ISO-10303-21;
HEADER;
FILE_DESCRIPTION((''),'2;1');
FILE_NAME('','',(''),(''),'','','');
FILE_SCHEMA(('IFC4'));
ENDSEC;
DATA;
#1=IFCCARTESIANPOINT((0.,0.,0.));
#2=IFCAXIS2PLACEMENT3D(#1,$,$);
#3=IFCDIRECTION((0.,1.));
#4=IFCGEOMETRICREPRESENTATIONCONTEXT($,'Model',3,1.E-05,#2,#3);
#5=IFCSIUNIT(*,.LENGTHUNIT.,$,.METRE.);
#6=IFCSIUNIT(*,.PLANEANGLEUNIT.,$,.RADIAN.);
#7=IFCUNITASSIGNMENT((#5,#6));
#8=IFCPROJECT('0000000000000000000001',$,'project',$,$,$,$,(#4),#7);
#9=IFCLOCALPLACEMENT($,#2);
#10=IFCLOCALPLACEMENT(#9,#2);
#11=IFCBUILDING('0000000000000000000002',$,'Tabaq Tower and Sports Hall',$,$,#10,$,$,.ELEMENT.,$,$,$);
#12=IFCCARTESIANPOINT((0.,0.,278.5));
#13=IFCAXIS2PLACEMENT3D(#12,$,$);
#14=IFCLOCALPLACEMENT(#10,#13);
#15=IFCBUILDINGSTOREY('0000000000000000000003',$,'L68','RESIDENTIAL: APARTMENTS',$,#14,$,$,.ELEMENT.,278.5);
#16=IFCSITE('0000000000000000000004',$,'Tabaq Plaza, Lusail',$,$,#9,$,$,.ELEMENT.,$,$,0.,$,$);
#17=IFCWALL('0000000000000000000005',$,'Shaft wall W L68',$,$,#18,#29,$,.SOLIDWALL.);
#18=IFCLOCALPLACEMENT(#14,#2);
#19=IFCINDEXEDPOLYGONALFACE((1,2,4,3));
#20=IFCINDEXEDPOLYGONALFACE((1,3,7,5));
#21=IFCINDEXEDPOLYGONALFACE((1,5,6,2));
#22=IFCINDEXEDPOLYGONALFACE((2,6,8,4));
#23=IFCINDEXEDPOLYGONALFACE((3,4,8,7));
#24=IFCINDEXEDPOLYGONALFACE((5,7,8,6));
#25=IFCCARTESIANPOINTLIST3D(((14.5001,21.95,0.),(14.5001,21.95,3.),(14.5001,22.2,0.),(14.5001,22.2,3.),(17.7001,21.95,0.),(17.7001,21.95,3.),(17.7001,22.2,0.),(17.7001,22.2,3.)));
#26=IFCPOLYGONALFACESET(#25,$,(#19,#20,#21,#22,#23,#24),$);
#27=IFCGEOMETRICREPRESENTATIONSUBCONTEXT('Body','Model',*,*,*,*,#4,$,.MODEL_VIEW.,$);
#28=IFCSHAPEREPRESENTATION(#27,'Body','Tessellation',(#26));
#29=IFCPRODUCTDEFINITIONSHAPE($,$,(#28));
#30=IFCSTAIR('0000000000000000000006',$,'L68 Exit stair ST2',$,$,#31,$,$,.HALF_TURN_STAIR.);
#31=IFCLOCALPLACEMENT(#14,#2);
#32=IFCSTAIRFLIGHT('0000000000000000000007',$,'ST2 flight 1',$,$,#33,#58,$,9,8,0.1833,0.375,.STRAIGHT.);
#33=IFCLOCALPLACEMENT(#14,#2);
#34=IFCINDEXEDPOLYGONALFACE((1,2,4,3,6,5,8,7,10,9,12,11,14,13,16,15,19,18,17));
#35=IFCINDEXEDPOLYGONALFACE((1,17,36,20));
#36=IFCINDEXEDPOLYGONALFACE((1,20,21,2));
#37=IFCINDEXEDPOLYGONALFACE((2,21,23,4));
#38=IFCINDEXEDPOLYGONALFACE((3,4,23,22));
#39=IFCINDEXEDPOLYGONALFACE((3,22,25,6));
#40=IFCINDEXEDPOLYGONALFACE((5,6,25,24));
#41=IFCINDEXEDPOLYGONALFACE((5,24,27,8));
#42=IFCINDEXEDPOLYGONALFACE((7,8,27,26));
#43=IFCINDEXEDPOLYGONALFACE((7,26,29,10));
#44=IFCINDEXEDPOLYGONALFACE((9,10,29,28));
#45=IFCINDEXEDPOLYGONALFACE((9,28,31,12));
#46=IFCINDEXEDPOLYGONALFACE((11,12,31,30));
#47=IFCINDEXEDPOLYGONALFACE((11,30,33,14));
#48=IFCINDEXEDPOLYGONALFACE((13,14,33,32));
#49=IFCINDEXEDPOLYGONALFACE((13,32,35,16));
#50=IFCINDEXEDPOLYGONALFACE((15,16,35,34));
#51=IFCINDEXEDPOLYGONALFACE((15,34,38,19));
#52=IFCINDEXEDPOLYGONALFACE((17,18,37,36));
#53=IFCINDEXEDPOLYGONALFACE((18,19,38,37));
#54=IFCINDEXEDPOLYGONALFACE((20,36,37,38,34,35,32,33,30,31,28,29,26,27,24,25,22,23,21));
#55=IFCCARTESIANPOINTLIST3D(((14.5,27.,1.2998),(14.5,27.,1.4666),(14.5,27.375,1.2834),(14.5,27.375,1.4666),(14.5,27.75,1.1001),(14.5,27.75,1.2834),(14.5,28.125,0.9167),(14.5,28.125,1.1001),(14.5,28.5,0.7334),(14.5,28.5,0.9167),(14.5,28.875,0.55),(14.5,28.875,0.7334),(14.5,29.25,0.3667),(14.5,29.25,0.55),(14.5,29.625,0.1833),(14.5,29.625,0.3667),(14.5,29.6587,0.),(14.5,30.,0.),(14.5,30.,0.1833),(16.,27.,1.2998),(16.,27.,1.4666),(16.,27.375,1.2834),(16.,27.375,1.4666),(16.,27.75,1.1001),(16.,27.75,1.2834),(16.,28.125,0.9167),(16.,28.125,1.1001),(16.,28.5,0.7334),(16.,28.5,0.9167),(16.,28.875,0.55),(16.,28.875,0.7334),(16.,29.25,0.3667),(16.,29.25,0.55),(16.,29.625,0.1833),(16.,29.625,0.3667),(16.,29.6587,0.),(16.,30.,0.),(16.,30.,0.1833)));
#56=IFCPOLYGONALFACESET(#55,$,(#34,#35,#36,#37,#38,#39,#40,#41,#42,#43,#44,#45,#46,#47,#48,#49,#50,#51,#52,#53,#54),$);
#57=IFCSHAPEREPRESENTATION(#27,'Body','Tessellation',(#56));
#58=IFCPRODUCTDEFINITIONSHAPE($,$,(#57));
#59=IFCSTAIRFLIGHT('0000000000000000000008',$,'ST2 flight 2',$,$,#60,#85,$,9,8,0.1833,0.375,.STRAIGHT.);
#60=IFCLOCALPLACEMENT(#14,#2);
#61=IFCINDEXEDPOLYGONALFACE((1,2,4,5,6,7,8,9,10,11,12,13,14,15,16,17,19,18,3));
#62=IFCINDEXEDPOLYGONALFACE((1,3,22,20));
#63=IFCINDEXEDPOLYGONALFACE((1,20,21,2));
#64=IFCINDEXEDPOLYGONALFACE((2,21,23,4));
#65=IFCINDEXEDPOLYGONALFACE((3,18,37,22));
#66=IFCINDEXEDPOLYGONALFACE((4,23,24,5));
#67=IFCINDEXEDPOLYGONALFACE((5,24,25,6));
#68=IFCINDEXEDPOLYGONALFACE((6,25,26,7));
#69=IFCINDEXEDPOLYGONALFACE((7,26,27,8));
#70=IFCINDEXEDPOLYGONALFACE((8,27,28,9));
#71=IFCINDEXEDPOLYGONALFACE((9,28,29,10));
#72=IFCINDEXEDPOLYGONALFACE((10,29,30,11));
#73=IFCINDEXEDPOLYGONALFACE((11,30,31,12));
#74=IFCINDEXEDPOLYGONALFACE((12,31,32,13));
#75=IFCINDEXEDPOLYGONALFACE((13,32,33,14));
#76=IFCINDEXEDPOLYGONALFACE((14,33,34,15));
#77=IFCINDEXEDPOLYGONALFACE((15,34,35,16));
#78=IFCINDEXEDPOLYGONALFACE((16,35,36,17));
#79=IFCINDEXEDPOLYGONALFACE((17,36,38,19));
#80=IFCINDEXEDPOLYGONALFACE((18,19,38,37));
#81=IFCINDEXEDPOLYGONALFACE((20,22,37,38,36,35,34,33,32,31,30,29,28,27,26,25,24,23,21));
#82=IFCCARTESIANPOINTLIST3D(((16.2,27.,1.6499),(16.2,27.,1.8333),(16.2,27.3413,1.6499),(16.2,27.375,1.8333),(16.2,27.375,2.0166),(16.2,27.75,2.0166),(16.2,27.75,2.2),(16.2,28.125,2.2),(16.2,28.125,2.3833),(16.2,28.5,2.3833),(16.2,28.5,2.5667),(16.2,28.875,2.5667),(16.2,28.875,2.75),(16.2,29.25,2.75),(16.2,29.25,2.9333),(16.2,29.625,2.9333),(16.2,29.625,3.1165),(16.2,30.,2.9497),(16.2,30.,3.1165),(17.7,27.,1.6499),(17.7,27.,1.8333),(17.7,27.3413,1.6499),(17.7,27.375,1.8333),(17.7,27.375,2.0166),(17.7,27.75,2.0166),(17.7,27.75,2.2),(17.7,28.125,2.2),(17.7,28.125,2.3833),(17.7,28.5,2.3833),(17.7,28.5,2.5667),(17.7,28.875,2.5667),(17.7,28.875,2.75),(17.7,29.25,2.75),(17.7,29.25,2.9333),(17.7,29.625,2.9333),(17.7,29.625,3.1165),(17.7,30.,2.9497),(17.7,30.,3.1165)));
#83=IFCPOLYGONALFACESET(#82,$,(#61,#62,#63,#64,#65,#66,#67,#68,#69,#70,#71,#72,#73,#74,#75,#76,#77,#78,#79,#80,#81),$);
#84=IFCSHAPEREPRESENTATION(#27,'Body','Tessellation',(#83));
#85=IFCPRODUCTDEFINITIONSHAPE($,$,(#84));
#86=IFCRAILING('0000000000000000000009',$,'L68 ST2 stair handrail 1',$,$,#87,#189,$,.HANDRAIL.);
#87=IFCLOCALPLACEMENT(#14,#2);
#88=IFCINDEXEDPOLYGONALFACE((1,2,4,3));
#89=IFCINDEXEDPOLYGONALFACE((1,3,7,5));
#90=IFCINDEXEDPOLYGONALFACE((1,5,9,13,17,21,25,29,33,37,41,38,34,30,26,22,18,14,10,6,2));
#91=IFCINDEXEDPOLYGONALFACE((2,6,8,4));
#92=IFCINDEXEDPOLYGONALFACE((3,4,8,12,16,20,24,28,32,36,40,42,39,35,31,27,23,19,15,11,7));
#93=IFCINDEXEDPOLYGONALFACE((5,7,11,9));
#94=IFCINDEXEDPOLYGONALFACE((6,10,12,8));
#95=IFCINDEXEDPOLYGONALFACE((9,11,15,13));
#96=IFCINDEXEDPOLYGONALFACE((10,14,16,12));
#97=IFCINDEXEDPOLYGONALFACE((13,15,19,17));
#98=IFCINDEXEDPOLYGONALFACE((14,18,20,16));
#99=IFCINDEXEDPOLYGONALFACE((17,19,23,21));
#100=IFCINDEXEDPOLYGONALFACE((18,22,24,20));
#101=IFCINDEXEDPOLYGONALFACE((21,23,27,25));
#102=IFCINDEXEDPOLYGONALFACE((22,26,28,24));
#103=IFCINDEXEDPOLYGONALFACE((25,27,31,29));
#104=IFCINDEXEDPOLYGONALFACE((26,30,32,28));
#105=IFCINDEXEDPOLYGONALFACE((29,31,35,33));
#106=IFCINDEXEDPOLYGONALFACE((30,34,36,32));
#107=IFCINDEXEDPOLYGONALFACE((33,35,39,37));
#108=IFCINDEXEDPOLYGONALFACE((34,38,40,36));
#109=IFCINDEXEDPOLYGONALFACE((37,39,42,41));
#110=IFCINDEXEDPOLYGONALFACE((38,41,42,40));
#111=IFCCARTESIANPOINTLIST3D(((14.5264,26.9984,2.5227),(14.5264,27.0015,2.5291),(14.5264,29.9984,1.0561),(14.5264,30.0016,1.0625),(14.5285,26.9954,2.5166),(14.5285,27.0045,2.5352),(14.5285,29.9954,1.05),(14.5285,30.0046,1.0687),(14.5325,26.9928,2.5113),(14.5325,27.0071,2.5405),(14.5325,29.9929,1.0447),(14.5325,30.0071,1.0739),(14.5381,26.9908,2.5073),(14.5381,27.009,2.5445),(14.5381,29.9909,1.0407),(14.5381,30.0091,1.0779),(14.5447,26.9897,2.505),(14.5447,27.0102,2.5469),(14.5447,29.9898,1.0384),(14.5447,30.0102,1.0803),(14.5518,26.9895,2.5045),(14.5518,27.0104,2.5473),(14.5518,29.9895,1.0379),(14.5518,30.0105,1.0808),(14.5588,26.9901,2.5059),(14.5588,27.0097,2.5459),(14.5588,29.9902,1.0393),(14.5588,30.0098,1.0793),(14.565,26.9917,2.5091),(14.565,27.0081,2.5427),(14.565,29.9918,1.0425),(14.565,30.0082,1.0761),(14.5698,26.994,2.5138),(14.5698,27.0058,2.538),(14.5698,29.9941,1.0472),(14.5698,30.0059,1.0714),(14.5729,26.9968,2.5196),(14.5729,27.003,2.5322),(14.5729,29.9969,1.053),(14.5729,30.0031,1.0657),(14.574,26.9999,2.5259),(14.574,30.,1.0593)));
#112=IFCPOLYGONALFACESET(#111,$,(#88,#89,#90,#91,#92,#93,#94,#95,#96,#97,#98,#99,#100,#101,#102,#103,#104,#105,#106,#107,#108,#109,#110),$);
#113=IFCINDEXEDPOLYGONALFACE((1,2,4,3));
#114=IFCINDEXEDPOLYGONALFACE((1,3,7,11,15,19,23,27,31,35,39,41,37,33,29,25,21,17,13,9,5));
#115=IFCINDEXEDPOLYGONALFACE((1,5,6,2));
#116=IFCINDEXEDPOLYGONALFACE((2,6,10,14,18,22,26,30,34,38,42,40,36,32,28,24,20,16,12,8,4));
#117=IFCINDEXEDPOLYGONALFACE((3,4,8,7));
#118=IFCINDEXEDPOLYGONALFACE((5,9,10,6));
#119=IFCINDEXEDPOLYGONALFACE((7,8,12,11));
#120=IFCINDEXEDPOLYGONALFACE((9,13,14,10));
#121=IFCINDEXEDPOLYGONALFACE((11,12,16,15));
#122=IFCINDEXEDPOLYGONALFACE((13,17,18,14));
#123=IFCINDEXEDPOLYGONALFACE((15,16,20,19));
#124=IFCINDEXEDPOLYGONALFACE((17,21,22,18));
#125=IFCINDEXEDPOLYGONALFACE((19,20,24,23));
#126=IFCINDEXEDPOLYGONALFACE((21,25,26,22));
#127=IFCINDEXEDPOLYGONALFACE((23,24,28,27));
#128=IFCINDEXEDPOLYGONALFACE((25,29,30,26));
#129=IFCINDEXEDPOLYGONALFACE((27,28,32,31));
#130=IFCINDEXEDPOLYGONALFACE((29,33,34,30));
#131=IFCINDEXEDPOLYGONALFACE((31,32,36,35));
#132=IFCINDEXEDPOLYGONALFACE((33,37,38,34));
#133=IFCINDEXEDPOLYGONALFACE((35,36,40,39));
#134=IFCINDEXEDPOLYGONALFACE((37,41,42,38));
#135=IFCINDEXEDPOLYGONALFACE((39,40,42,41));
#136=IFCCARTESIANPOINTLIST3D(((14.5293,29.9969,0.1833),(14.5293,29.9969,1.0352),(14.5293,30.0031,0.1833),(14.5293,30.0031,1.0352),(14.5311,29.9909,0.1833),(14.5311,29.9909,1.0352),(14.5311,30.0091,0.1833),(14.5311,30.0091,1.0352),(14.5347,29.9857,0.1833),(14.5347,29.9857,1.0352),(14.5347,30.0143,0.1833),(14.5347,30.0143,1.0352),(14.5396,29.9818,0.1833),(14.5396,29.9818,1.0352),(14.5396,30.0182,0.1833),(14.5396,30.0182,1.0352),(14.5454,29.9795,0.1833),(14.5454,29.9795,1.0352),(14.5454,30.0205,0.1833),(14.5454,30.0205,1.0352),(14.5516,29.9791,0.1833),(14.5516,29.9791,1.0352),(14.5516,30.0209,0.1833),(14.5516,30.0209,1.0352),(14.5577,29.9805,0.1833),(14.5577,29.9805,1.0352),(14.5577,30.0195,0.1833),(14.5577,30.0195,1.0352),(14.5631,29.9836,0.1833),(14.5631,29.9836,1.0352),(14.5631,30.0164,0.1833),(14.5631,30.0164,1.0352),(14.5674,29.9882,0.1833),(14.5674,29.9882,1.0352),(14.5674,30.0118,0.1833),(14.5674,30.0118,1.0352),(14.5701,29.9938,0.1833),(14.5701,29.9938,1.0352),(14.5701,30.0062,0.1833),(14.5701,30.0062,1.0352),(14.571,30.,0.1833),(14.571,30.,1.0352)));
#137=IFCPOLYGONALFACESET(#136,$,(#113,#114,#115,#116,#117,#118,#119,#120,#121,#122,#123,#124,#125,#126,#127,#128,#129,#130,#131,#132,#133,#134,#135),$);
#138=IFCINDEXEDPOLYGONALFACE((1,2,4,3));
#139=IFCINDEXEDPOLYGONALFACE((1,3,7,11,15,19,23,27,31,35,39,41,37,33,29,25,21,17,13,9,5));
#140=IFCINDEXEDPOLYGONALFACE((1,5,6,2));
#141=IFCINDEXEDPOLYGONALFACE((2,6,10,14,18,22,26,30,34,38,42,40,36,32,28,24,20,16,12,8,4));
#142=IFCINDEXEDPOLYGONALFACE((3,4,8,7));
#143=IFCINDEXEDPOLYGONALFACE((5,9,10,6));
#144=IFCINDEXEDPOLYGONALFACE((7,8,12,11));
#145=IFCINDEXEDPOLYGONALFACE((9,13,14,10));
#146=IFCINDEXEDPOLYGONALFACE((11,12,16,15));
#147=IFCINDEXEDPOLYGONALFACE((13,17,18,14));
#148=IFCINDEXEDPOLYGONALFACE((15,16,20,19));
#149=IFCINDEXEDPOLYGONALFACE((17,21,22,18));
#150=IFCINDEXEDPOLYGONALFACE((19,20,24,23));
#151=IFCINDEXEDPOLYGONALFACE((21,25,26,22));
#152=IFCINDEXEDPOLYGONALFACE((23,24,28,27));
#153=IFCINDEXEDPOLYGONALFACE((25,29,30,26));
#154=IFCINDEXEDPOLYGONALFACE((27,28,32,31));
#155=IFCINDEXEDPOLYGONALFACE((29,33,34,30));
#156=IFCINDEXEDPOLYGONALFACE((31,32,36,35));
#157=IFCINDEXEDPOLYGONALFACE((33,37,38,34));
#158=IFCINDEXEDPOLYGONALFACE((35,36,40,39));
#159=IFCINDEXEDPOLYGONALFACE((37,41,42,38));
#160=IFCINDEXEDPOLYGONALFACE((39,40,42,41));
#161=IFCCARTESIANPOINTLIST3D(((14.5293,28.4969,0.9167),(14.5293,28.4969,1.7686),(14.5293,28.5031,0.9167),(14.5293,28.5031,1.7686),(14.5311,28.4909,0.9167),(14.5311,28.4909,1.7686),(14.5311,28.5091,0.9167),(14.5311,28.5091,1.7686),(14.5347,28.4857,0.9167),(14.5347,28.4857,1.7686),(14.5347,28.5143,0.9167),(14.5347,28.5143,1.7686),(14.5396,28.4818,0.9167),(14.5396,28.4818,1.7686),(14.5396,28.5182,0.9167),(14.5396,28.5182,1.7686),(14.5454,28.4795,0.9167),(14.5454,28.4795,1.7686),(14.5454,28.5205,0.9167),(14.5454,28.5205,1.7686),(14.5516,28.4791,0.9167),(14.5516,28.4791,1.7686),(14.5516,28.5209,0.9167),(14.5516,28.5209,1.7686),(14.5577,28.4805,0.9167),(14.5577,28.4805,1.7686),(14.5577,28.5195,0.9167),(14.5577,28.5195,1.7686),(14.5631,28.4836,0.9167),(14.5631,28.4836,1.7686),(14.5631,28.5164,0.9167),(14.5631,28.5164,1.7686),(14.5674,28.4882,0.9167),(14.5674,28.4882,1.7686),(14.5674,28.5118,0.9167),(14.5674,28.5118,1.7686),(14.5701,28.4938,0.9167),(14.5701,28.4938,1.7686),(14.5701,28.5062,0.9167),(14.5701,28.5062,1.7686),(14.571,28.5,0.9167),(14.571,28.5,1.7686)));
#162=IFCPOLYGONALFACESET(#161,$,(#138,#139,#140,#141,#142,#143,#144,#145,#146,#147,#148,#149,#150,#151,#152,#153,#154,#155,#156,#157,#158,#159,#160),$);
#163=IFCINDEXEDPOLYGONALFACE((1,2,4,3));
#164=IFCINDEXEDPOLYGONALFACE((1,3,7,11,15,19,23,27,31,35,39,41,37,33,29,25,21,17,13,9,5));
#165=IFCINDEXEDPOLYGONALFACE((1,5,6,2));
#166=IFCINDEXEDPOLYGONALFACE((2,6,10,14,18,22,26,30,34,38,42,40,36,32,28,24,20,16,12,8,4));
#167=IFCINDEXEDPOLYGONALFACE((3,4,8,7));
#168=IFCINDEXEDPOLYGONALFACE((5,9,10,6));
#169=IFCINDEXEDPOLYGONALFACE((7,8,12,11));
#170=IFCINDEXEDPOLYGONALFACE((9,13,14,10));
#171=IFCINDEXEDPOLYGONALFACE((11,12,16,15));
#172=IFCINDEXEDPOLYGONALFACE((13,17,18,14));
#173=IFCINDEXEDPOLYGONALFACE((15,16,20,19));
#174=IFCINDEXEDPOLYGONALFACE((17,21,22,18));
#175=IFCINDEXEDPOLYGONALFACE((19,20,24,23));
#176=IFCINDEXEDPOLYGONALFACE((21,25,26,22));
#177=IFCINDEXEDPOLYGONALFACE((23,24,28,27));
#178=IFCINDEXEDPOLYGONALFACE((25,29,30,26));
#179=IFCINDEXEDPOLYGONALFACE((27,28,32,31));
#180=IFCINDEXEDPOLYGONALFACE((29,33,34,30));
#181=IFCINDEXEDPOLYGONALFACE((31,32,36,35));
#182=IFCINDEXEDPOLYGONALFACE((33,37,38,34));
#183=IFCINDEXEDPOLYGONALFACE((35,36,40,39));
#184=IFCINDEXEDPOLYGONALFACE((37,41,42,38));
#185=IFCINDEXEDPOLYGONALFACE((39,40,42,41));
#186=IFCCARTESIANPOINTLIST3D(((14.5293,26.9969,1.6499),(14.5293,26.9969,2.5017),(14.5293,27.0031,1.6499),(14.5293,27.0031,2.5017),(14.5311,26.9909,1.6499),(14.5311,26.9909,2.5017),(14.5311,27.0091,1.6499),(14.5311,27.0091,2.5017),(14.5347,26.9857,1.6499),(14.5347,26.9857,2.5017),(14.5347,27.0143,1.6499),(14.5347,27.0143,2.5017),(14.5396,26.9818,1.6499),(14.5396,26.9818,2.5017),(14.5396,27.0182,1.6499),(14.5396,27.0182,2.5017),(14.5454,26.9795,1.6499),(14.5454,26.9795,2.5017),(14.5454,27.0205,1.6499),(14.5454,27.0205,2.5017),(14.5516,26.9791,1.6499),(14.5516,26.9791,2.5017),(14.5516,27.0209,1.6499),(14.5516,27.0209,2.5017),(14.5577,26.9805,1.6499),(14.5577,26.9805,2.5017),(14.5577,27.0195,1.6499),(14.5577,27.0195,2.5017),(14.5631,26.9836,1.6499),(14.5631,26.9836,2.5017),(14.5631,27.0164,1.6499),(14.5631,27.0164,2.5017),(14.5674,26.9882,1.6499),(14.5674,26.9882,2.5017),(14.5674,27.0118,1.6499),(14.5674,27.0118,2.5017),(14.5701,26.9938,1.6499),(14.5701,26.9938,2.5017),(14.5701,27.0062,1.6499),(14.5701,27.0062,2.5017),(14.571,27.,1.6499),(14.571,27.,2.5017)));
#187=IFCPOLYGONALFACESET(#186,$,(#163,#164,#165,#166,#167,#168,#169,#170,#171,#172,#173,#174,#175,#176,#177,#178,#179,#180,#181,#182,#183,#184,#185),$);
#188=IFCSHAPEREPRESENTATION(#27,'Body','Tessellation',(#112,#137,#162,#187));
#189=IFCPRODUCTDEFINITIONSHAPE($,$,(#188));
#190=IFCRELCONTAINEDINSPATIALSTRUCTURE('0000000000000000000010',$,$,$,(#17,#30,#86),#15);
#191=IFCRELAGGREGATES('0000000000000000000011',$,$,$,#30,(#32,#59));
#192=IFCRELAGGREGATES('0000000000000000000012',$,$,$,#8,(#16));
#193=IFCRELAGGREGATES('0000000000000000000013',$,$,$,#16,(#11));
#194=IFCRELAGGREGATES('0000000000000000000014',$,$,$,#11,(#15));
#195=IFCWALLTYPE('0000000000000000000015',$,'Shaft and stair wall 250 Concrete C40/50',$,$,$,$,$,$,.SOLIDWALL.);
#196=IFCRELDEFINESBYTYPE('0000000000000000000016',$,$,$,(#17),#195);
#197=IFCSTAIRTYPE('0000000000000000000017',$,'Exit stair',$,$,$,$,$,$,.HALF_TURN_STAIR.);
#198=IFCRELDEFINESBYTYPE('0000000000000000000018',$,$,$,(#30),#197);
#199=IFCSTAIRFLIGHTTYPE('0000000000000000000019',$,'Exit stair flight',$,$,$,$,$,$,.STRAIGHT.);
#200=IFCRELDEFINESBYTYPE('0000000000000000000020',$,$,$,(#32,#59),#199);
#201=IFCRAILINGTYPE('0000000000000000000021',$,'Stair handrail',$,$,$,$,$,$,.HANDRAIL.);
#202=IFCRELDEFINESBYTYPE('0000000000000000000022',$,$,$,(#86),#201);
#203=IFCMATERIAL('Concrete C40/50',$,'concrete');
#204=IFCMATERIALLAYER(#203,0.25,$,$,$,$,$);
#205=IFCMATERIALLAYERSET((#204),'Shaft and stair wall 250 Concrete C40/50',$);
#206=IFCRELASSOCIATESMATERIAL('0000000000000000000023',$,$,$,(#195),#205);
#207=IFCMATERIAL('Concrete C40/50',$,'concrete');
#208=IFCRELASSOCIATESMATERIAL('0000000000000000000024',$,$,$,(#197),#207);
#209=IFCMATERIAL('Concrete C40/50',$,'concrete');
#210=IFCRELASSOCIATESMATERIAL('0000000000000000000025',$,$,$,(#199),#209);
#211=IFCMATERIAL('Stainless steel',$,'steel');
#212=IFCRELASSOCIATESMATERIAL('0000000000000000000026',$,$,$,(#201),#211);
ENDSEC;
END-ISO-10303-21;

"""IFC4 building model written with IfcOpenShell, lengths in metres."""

from ifc_helpers import new_model, si_unit, direction, frame, frame_2d, origin, origin_2d, place, context, subcontext, project, spatial, polyline, rectangle, circle, outline, extrude, material, layer, layer_set, type_object, element, aggregate, save


model = new_model("IFC4")

# Units and contexts
model_context = context("Model", 3, precision=1e-05, world=origin(), true_north=direction((0.0, 1.0)))
body_context = subcontext(model_context, "Body", "Model", "MODEL_VIEW")
ifc_project = project(units=[si_unit("LENGTHUNIT", "METRE"), si_unit("PLANEANGLEUNIT", "RADIAN")], contexts=[model_context])

# Site, building, storey
site_placement = place(None, origin())
site = spatial("IfcSite", under=ifc_project, at=site_placement, Name="Tabaq Plaza, Lusail", CompositionType="ELEMENT", RefElevation=0.0)
building_placement = place(site_placement, origin())
building = spatial("IfcBuilding", under=site, at=building_placement, Name="Tabaq Tower and Sports Hall", CompositionType="ELEMENT")
storey_placement = place(building_placement, frame((0.0, 0.0, 278.5)))
storey = spatial("IfcBuildingStorey", under=building, at=storey_placement, Name="L68", Description="RESIDENTIAL: APARTMENTS", CompositionType="ELEMENT", Elevation=278.5)

# Wall
ifc_material_1 = material(Name="Concrete C40/50", Category="concrete")
ifc_layer_1 = layer(ifc_material_1, 0.25)
ifc_layer_set_1 = layer_set([ifc_layer_1], Name="Shaft and stair wall 250 Concrete C40/50")
wall_type_1 = type_object("IfcWallType", Name="Shaft and stair wall 250 Concrete C40/50", PredefinedType="SOLIDWALL", material=ifc_layer_set_1)
for number, where, z_axis, x_axis, name in (
    (1, (14.5, 22.075, 0.0), (0.0, 0.0, 1.0), (1.0, 0.0, 0.0), "Shaft wall W L68"),
):
    element("IfcWall", number, at=place(storey_placement, frame(where, z_axis=z_axis, x_axis=x_axis)), inside=storey, type_object=wall_type_1, Name=name, PredefinedType="SOLIDWALL", context=body_context, shape_type="SweptSolid", body=[
        extrude(rectangle(XDim=3.2, YDim=0.25, at=frame_2d((1.6001, 0.0))), origin(), (0.0, 0.0, 1.0), 3.0),
    ])

# Stair, stair flights
ifc_material_2 = material(Name="Concrete C40/50", Category="concrete")
stair_type = type_object("IfcStairType", Name="Exit stair", PredefinedType="HALF_TURN_STAIR", material=ifc_material_2)
stair_placement = place(storey_placement, origin())
stair = element("IfcStair", 2, at=stair_placement, inside=storey, type_object=stair_type, Name="L68 Exit stair ST2", PredefinedType="HALF_TURN_STAIR")
ifc_material_3 = material(Name="Concrete C40/50", Category="concrete")
stair_flight_type = type_object("IfcStairFlightType", Name="Exit stair flight", PredefinedType="STRAIGHT", material=ifc_material_3)
stair_flight_1_placement = place(storey_placement, frame((15.25, 30.0, 0.0), z_axis=(0.0, 0.0, 1.0), x_axis=(0.0, -1.0, 0.0)))
stair_flight_1 = element("IfcStairFlight", 3, at=stair_flight_1_placement, type_object=stair_flight_type, Name="ST2 flight 1", NumberOfRisers=9, NumberOfTreads=8, PredefinedType="STRAIGHT", RiserHeight=0.1833, TreadLength=0.375, context=body_context, shape_type="SweptSolid", body=[
    extrude(outline(polyline([(0.0, 0.0), (0.0, 0.1833), (0.375, 0.1833), (0.375, 0.3667), (0.75, 0.3667), (0.75, 0.55), (1.125, 0.55), (1.125, 0.7334), (1.5, 0.7334), (1.5, 0.9167), (1.875, 0.9167), (1.875, 1.1001), (2.25, 1.1001), (2.25, 1.2834), (2.625, 1.2834), (2.625, 1.4666), (3.0, 1.4666), (3.0, 1.6499), (3.0, 1.2998), (0.3413, 0.0), (0.0, 0.0)])), frame((0.0, 0.75, 0.0), z_axis=(0.0, -1.0, 0.0), x_axis=(1.0, 0.0, 0.0)), (0.0, 0.0, 1.0), 1.5),
])
stair_flight_2_placement = place(storey_placement, frame((16.95, 27.0, 1.6499), z_axis=(0.0, 0.0, 1.0), x_axis=(0.0, 1.0, 0.0)))
stair_flight_2 = element("IfcStairFlight", 4, at=stair_flight_2_placement, type_object=stair_flight_type, Name="ST2 flight 2", NumberOfRisers=9, NumberOfTreads=8, PredefinedType="STRAIGHT", RiserHeight=0.1833, TreadLength=0.375, context=body_context, shape_type="SweptSolid", body=[
    extrude(outline(polyline([(0.0, 0.0), (0.0, 0.1833), (0.375, 0.1833), (0.375, 0.3667), (0.75, 0.3667), (0.75, 0.55), (1.125, 0.55), (1.125, 0.7334), (1.5, 0.7334), (1.5, 0.9167), (1.875, 0.9167), (1.875, 1.1001), (2.25, 1.1001), (2.25, 1.2834), (2.625, 1.2834), (2.625, 1.4666), (3.0, 1.4666), (3.0, 1.6499), (3.0, 1.2998), (0.3413, 0.0), (0.0, 0.0)])), frame((0.0, 0.75, 0.0), z_axis=(0.0, -1.0, 0.0), x_axis=(1.0, 0.0, 0.0)), (0.0, 0.0, 1.0), 1.5),
])
aggregate(stair, [stair_flight_1, stair_flight_2])

# Railing
ifc_material_4 = material(Name="Stainless steel", Category="steel")
railing_type_1 = type_object("IfcRailingType", Name="Stair handrail", PredefinedType="HANDRAIL", material=ifc_material_4)
railing_1_placement = place(storey_placement, frame((14.55, 30.0, 0.1833)))
element("IfcRailing", 5, at=railing_1_placement, inside=storey, type_object=railing_type_1, Name="L68 ST2 stair handrail 1", PredefinedType="HANDRAIL", context=body_context, shape_type="SweptSolid", body=[
    extrude(circle(Radius=0.0239, at=origin_2d()), frame((0.0, 0.0, 0.876), z_axis=(0.0, -0.898398, 0.439183), x_axis=(1.0, 0.0, 0.0)), (0.0, 0.0, 1.0), 3.3394),
    extrude(circle(Radius=0.021, at=origin_2d()), origin(), (0.0, 0.0, 1.0), 0.8518),
    extrude(circle(Radius=0.021, at=origin_2d()), frame((0.0, -1.5, 0.7334)), (0.0, 0.0, 1.0), 0.8518),
    extrude(circle(Radius=0.021, at=origin_2d()), frame((0.0, -3.0, 1.4666)), (0.0, 0.0, 1.0), 0.8518),
])

save(model, "model.ifc")
